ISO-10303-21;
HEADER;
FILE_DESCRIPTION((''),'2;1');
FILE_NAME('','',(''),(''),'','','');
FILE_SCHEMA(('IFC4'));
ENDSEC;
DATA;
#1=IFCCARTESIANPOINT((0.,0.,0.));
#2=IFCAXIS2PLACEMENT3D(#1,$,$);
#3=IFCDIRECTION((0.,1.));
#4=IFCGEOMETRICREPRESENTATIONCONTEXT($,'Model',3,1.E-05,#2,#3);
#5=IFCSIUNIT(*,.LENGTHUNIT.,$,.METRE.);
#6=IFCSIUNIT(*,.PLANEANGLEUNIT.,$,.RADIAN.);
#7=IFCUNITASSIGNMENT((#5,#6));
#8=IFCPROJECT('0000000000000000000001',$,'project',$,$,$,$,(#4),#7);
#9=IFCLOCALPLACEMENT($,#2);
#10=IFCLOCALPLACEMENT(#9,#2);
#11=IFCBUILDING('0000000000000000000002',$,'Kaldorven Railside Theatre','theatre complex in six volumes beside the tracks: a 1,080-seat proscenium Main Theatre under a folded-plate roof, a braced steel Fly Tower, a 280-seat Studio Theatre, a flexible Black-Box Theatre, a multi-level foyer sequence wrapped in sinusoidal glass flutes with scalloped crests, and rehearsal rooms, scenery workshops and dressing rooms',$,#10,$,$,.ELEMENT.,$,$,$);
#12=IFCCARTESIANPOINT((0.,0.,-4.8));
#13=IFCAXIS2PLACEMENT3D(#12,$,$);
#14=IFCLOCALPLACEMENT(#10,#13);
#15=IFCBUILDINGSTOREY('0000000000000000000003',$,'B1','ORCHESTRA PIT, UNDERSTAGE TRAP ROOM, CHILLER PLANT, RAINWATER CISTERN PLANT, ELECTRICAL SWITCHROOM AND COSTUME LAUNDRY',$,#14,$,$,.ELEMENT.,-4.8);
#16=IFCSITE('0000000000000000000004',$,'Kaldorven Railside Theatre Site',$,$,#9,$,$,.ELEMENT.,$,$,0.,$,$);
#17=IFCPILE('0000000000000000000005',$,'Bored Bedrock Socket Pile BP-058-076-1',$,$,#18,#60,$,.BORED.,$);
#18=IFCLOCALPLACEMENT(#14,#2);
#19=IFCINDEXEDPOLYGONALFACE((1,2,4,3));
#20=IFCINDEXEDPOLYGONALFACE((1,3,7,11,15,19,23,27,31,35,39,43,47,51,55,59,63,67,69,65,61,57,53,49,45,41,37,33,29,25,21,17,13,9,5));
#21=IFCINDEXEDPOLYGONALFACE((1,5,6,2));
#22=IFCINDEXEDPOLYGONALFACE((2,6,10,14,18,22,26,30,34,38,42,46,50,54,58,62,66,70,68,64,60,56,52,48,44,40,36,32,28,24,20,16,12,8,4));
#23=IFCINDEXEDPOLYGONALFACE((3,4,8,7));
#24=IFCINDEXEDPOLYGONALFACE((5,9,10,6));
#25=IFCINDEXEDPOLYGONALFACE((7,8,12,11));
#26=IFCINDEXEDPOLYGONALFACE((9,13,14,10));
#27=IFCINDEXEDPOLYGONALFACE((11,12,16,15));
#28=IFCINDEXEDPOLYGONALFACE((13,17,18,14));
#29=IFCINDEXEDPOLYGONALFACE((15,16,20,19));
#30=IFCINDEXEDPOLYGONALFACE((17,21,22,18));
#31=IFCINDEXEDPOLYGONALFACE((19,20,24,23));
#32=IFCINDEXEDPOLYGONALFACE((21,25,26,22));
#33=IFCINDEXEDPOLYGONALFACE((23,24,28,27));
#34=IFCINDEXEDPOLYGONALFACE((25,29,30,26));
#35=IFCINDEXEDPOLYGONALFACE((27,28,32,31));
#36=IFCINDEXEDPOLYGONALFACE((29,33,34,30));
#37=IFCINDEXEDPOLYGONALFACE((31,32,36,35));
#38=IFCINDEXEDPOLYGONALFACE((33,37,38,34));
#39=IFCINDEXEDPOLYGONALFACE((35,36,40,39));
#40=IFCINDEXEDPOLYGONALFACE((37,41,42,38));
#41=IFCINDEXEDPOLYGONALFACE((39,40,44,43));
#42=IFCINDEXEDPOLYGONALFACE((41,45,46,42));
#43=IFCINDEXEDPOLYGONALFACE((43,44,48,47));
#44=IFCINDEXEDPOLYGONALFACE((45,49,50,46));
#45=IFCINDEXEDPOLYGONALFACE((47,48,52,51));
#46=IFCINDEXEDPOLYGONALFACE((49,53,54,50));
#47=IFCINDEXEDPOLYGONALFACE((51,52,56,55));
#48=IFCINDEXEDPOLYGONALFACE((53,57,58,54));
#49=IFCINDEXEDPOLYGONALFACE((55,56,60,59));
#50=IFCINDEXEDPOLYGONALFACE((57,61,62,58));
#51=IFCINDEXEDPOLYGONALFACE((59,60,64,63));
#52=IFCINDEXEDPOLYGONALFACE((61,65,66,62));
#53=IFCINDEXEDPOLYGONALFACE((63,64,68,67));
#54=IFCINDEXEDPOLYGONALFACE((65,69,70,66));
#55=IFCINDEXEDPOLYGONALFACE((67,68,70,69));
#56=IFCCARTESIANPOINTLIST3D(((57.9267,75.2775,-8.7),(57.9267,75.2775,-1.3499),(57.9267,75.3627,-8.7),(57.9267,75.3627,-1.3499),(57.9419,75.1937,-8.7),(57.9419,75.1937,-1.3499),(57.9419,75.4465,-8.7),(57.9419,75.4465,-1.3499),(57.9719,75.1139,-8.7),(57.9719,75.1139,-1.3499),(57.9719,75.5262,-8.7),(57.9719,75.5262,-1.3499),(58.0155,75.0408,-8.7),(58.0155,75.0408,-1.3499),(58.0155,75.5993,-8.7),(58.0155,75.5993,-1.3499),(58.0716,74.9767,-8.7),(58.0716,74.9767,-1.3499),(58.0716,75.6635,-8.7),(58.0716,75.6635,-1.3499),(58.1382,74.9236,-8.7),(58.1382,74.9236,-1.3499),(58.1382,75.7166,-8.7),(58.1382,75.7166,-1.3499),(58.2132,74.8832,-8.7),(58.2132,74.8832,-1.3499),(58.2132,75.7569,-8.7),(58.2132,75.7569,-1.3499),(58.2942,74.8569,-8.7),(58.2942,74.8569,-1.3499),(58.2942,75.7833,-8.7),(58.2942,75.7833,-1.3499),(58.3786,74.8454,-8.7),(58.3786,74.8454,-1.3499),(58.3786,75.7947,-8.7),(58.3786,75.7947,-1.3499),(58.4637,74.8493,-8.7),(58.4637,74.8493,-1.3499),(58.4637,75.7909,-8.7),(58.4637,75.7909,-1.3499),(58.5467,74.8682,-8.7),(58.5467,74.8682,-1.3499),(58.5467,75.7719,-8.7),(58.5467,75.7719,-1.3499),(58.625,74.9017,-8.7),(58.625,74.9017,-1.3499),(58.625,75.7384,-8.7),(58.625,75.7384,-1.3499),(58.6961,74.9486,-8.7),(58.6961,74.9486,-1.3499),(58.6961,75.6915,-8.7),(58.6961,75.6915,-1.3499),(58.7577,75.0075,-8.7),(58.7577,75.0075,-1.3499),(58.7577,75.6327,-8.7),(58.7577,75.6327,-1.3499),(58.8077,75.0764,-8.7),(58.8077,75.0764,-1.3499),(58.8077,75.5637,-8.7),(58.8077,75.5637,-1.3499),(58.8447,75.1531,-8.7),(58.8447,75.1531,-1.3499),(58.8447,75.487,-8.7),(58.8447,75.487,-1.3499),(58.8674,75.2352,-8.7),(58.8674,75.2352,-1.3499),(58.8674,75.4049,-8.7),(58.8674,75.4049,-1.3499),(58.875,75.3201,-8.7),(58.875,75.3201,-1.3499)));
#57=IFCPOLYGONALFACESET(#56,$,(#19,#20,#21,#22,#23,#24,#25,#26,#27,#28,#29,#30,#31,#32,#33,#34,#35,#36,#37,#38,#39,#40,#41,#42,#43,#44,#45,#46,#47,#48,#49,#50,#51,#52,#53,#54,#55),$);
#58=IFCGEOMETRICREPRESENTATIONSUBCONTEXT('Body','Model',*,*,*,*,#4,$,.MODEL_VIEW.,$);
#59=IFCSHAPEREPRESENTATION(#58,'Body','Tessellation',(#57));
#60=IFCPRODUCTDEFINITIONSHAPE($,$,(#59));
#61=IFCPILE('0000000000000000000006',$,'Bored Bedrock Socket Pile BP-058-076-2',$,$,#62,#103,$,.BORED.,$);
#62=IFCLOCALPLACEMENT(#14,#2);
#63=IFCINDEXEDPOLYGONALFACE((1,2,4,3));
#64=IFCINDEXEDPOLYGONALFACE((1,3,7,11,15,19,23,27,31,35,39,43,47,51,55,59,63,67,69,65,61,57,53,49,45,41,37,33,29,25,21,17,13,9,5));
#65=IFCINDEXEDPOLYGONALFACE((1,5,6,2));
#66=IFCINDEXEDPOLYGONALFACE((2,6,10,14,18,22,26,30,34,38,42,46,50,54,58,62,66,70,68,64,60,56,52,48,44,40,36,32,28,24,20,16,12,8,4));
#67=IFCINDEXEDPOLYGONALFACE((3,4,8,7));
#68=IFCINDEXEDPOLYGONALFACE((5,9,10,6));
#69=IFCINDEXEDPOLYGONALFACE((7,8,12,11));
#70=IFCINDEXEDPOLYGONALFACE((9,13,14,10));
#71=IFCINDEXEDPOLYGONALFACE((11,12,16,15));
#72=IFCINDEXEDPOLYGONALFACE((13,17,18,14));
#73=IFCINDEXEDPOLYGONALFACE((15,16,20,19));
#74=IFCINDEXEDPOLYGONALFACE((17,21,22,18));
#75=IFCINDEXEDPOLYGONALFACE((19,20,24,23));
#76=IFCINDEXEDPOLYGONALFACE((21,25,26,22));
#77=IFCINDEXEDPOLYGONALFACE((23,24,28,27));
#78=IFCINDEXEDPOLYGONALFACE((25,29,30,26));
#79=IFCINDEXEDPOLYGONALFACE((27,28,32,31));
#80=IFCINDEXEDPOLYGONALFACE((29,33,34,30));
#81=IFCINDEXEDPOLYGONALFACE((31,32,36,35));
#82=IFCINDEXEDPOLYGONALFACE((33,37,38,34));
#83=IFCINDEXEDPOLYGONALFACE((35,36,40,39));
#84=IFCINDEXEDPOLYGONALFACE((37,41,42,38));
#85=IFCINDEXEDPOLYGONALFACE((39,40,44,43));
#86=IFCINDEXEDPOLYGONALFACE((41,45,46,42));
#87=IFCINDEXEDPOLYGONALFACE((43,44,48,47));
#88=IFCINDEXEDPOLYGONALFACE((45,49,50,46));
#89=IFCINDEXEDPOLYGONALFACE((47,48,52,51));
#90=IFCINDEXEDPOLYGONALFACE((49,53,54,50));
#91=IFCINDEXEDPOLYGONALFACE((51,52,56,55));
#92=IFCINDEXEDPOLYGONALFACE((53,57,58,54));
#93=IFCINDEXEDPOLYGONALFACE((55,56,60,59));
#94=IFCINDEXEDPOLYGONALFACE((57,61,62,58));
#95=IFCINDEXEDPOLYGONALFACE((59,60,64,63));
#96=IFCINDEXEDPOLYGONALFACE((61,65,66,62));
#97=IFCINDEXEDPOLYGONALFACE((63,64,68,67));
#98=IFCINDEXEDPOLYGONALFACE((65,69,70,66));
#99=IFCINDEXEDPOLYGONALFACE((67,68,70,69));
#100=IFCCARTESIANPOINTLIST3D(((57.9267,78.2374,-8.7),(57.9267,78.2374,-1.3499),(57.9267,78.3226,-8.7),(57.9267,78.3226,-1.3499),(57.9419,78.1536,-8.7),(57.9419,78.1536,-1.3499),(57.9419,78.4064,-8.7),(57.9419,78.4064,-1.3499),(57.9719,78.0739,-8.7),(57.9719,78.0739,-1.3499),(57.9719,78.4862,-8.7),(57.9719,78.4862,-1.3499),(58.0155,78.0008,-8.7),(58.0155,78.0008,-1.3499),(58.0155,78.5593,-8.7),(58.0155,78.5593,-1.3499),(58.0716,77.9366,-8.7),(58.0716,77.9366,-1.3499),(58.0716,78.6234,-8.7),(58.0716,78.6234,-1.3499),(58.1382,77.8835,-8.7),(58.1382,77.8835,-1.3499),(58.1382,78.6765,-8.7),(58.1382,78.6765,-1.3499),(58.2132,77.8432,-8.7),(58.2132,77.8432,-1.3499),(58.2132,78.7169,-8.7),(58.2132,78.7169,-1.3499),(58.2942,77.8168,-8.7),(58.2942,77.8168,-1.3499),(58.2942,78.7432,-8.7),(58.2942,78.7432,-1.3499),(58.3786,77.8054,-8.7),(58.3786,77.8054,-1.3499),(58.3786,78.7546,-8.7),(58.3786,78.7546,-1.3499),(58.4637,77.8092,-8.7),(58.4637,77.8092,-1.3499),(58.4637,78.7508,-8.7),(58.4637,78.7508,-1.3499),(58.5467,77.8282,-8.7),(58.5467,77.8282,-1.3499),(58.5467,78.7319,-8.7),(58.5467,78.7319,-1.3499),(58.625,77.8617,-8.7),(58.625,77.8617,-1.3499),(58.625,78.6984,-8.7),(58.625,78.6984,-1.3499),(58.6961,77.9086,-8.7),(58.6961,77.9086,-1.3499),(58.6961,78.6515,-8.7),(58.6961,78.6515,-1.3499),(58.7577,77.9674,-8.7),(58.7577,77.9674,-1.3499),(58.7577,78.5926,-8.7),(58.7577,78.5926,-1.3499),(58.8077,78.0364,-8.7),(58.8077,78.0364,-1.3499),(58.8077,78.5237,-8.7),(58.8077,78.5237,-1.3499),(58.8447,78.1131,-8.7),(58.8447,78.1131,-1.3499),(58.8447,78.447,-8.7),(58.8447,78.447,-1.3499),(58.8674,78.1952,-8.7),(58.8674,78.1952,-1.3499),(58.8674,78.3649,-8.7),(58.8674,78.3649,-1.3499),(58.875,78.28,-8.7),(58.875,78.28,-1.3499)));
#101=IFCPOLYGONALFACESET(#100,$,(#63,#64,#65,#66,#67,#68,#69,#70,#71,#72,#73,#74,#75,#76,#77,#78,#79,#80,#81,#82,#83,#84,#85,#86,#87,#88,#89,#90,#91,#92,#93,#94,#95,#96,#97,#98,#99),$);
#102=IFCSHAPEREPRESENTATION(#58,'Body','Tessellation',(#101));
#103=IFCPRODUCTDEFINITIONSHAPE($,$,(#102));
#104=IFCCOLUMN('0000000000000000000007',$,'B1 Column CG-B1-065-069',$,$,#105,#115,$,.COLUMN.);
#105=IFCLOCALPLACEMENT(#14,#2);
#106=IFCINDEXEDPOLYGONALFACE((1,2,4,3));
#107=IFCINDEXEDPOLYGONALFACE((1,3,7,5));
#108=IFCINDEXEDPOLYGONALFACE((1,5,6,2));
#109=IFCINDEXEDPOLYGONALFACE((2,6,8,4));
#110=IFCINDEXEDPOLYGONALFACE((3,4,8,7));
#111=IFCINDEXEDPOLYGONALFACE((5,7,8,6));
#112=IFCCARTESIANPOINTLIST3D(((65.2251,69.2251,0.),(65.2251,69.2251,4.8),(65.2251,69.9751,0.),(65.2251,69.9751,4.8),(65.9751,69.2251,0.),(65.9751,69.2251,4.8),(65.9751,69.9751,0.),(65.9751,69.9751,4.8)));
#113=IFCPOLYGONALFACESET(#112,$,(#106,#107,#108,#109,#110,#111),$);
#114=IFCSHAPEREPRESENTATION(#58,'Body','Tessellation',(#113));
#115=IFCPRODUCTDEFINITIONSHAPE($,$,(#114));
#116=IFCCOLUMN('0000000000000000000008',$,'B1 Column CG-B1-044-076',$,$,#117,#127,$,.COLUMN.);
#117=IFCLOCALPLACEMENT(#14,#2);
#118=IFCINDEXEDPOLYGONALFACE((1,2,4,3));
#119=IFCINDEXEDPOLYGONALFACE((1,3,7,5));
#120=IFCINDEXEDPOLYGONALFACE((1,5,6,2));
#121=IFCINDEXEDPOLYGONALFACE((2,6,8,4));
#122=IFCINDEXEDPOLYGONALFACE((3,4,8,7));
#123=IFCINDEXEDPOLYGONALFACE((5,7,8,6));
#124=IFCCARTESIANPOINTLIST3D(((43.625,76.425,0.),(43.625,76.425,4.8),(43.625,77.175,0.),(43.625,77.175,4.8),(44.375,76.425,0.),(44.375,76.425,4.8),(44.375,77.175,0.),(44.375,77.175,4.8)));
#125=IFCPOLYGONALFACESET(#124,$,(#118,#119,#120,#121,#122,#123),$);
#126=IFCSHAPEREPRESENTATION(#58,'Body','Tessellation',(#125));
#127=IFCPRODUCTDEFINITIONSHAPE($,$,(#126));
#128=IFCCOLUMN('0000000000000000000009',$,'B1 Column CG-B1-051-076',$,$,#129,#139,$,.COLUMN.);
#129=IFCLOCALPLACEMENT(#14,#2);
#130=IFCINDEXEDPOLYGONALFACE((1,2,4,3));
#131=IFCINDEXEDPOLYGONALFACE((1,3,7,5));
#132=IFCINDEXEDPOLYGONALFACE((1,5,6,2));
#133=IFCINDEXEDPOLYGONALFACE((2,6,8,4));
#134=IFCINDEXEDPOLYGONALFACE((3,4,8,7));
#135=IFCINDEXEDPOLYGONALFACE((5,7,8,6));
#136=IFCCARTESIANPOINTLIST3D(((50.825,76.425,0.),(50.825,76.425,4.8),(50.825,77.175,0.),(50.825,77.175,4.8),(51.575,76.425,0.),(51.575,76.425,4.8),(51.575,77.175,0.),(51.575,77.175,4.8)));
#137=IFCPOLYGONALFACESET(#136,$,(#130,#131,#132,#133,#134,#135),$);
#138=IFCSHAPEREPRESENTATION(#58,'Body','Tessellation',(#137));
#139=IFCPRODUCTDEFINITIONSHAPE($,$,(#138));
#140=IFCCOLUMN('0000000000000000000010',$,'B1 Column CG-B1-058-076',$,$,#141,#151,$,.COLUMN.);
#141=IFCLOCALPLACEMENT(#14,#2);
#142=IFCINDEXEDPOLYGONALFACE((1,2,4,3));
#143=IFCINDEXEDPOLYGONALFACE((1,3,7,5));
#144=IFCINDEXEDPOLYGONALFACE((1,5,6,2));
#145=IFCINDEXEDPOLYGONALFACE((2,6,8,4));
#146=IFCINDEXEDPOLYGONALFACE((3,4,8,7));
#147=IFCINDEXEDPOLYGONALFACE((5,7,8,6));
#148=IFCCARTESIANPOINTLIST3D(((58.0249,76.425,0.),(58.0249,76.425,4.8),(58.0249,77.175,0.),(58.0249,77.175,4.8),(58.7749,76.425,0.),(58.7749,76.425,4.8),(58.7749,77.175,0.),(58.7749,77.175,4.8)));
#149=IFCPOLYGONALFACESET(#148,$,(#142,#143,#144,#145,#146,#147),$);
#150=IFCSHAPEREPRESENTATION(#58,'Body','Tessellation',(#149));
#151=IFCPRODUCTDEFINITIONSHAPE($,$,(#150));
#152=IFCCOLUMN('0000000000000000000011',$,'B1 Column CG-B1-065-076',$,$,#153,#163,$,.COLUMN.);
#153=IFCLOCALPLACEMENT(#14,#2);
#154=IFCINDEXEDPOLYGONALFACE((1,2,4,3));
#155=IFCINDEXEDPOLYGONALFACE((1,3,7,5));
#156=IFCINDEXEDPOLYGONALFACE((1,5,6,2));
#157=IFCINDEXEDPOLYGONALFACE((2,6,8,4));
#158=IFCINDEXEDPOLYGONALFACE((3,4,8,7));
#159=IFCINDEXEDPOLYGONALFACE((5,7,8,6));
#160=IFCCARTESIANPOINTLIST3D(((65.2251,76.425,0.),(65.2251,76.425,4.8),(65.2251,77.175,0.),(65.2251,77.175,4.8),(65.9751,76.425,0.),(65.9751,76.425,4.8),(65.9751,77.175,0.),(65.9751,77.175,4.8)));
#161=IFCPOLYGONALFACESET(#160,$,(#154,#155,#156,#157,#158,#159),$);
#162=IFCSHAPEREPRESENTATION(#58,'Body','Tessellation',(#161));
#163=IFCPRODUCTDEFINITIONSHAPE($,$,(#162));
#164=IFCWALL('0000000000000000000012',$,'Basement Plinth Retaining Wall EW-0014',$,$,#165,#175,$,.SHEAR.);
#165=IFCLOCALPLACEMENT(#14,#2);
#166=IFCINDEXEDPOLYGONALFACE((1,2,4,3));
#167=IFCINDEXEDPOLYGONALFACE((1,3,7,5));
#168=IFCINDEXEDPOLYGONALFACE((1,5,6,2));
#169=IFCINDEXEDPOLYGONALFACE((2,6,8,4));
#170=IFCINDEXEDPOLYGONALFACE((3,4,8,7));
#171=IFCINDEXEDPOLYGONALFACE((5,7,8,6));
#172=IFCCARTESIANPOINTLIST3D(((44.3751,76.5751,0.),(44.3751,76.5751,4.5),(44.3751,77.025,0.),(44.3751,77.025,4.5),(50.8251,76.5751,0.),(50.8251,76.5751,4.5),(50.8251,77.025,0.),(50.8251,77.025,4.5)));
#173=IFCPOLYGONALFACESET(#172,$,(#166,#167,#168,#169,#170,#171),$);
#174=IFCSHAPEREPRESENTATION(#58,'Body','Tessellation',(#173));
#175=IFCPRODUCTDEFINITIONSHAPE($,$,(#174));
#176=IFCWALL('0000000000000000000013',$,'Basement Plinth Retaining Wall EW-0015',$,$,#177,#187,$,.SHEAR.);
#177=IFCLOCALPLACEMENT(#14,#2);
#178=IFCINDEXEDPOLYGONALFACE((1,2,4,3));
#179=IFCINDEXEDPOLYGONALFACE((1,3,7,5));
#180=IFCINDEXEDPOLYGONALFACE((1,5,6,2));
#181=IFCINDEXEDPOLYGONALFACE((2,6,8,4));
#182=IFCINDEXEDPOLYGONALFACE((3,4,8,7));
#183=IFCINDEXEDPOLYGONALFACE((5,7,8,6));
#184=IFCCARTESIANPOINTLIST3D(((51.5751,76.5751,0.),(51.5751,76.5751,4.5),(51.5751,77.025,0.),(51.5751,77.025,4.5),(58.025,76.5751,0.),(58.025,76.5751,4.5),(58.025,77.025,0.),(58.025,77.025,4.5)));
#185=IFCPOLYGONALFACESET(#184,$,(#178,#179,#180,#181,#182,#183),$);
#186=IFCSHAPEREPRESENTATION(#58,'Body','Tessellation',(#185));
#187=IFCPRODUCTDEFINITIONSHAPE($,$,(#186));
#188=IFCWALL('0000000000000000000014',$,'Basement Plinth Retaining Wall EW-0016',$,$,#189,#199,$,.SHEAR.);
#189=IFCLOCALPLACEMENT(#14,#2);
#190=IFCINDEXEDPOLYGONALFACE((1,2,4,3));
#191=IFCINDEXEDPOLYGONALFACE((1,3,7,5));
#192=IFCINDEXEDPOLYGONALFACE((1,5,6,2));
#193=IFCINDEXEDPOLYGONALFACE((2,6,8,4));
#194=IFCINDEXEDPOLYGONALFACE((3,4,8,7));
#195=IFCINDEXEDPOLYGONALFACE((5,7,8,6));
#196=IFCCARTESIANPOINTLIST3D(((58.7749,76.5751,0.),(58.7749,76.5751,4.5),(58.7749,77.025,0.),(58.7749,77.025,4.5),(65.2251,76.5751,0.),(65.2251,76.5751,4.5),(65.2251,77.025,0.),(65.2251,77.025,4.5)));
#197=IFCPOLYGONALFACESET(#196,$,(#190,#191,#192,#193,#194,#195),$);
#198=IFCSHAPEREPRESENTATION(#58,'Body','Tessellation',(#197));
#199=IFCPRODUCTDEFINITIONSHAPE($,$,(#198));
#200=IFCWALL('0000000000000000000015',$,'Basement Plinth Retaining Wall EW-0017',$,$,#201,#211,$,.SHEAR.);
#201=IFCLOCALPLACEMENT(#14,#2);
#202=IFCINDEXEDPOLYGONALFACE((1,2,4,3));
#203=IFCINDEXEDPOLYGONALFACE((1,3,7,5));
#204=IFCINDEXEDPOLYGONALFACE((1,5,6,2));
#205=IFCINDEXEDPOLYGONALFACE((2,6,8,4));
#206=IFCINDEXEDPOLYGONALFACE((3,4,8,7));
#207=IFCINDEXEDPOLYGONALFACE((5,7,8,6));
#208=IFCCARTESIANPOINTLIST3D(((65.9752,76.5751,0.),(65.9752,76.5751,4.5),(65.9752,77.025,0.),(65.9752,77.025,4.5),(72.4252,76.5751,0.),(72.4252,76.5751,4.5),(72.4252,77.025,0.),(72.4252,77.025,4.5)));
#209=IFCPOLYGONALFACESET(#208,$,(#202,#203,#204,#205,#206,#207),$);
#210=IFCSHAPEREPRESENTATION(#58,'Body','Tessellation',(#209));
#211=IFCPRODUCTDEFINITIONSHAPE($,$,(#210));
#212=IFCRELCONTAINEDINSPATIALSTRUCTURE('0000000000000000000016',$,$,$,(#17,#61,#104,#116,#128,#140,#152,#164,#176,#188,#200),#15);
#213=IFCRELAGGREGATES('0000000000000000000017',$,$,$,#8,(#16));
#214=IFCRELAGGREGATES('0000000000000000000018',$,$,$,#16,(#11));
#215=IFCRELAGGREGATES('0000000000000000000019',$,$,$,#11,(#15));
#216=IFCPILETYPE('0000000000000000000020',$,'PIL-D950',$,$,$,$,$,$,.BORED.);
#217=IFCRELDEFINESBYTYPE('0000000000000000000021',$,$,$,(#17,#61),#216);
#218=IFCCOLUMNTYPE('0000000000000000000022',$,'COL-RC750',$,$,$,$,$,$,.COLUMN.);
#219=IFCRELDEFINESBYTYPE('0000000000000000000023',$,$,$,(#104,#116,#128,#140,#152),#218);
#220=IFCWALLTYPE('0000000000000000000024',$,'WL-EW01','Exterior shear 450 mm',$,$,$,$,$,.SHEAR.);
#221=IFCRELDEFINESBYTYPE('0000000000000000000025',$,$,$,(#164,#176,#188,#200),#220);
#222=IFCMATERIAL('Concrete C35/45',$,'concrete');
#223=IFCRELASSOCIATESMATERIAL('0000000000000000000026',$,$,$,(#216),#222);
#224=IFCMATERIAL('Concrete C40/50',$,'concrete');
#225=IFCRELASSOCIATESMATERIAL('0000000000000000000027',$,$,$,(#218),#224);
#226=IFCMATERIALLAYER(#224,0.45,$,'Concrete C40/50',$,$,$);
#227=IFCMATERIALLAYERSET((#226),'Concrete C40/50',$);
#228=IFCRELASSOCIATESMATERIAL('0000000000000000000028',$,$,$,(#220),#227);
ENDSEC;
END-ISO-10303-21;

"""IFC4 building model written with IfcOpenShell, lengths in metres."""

from ifc_helpers import new_model, si_unit, direction, frame, frame_2d, origin, origin_2d, place, context, subcontext, project, spatial, rectangle, circle, extrude, material, layer, layer_set, material_profile, profile_set, type_object, element, save


model = new_model("IFC4")

# Units and contexts
model_context = context("Model", 3, precision=1e-05, world=origin(), true_north=direction((0.0, 1.0)))
body_context = subcontext(model_context, "Body", "Model", "MODEL_VIEW")
ifc_project = project(units=[si_unit("LENGTHUNIT", "METRE"), si_unit("PLANEANGLEUNIT", "RADIAN")], contexts=[model_context])

# Site, building, storey
site_placement = place(None, origin())
site = spatial("IfcSite", under=ifc_project, at=site_placement, Name="Kaldorven Railside Theatre Site", CompositionType="ELEMENT", RefElevation=0.0)
building_placement = place(site_placement, origin())
building = spatial("IfcBuilding", under=site, at=building_placement, Name="Kaldorven Railside Theatre", Description="theatre complex in six volumes beside the tracks: a 1,080-seat proscenium Main Theatre under a folded-plate roof, a braced steel Fly Tower, a 280-seat Studio Theatre, a flexible Black-Box Theatre, a multi-level foyer sequence wrapped in sinusoidal glass flutes with scalloped crests, and rehearsal rooms, scenery workshops and dressing rooms", CompositionType="ELEMENT")
storey_placement = place(building_placement, frame((0.0, 0.0, -4.8)))
storey = spatial("IfcBuildingStorey", under=building, at=storey_placement, Name="B1", Description="ORCHESTRA PIT, UNDERSTAGE TRAP ROOM, CHILLER PLANT, RAINWATER CISTERN PLANT, ELECTRICAL SWITCHROOM AND COSTUME LAUNDRY", CompositionType="ELEMENT", Elevation=-4.8)

# Shared definitions
ifc_material_1 = material(Name="Concrete C40/50", Category="concrete")

# Piles
ifc_material_2 = material(Name="Concrete C35/45", Category="concrete")
ifc_material_profile_1 = material_profile(ifc_material_2, circle(Radius=0.4751, at=origin_2d()), Name="BP D950")
ifc_profile_set_1 = profile_set([ifc_material_profile_1], Name="Concrete C35/45")
pile_type_1 = type_object("IfcPileType", Name="PIL-D950", PredefinedType="BORED", material=ifc_profile_set_1)
for number, where, z_axis, x_axis, name in (
    (1, (58.3999, 75.3201, -1.3499), (0.0, 0.0, -1.0), (1.0, 0.0, 0.0), "Bored Bedrock Socket Pile BP-058-076-1"),
    (2, (58.3999, 78.28, -1.3499), (0.0, 0.0, -1.0), (1.0, 0.0, 0.0), "Bored Bedrock Socket Pile BP-058-076-2"),
):
    element("IfcPile", number, at=place(storey_placement, frame(where, z_axis=z_axis, x_axis=x_axis)), inside=storey, type_object=pile_type_1, Name=name, PredefinedType="BORED", context=body_context, shape_type="SweptSolid", body=[
        extrude(circle(Radius=0.4751, at=origin_2d()), origin(), (0.0, 0.0, 1.0), 7.3501),
    ])

# Columns
ifc_material_profile_2 = material_profile(ifc_material_1, rectangle(XDim=0.75, YDim=0.75, at=origin_2d()), Name="RC 750x750")
ifc_profile_set_2 = profile_set([ifc_material_profile_2], Name="Concrete C40/50")
column_type = type_object("IfcColumnType", Name="COL-RC750", PredefinedType="COLUMN", material=ifc_profile_set_2)
for number, where, z_axis, x_axis, name in (
    (3, (65.6001, 69.6001, 0.0), (0.0, 0.0, 1.0), (0.0, 1.0, 0.0), "B1 Column CG-B1-065-069"),
    (4, (44.0, 76.8, 0.0), (0.0, 0.0, 1.0), (1.0, 0.0, 0.0), "B1 Column CG-B1-044-076"),
    (5, (51.2, 76.8, 0.0), (0.0, 0.0, 1.0), (1.0, 0.0, 0.0), "B1 Column CG-B1-051-076"),
    (6, (58.3999, 76.8, 0.0), (0.0, 0.0, 1.0), (0.0, 1.0, 0.0), "B1 Column CG-B1-058-076"),
    (7, (65.6001, 76.8, 0.0), (0.0, 0.0, 1.0), (1.0, 0.0, 0.0), "B1 Column CG-B1-065-076"),
):
    element("IfcColumn", number, at=place(storey_placement, frame(where, z_axis=z_axis, x_axis=x_axis)), inside=storey, type_object=column_type, Name=name, PredefinedType="COLUMN", context=body_context, shape_type="SweptSolid", body=[
        extrude(rectangle(XDim=0.75, YDim=0.75, at=origin_2d()), origin(), (0.0, 0.0, 1.0), 4.8),
    ])

# Walls
ifc_layer = layer(ifc_material_1, 0.45, Name="Concrete C40/50")
ifc_layer_set = layer_set([ifc_layer], Name="Concrete C40/50")
wall_type = type_object("IfcWallType", Name="WL-EW01", Description="Exterior shear 450 mm", PredefinedType="SHEAR", material=ifc_layer_set)
for number, where, z_axis, x_axis, name in (
    (8, (44.375, 76.8, 0.0), (0.0, 0.0, 1.0), (1.0, 0.0, 0.0), "Basement Plinth Retaining Wall EW-0014"),
    (9, (51.575, 76.8, 0.0), (0.0, 0.0, 1.0), (1.0, 0.0, 0.0), "Basement Plinth Retaining Wall EW-0015"),
):
    element("IfcWall", number, at=place(storey_placement, frame(where, z_axis=z_axis, x_axis=x_axis)), inside=storey, type_object=wall_type, Name=name, PredefinedType="SHEAR", context=body_context, shape_type="SweptSolid", body=[
        extrude(rectangle(XDim=6.45, YDim=0.45, at=frame_2d((3.2251, 0.0))), origin(), (0.0, 0.0, 1.0), 4.5),
    ])
wall_1_placement = place(storey_placement, frame((58.7749, 76.8, 0.0), z_axis=(0.0, 0.0, 1.0), x_axis=(1.0, 0.0, 0.0)))
element("IfcWall", 10, at=wall_1_placement, inside=storey, type_object=wall_type, Name="Basement Plinth Retaining Wall EW-0016", PredefinedType="SHEAR", context=body_context, shape_type="SweptSolid", body=[
    extrude(rectangle(XDim=6.4502, YDim=0.45, at=frame_2d((3.2251, 0.0))), origin(), (0.0, 0.0, 1.0), 4.5),
])
wall_2_placement = place(storey_placement, frame((65.9751, 76.8, 0.0), z_axis=(0.0, 0.0, 1.0), x_axis=(1.0, 0.0, 0.0)))
element("IfcWall", 11, at=wall_2_placement, inside=storey, type_object=wall_type, Name="Basement Plinth Retaining Wall EW-0017", PredefinedType="SHEAR", context=body_context, shape_type="SweptSolid", body=[
    extrude(rectangle(XDim=6.45, YDim=0.45, at=frame_2d((3.2251, 0.0))), origin(), (0.0, 0.0, 1.0), 4.5),
])

save(model, "model.ifc")
